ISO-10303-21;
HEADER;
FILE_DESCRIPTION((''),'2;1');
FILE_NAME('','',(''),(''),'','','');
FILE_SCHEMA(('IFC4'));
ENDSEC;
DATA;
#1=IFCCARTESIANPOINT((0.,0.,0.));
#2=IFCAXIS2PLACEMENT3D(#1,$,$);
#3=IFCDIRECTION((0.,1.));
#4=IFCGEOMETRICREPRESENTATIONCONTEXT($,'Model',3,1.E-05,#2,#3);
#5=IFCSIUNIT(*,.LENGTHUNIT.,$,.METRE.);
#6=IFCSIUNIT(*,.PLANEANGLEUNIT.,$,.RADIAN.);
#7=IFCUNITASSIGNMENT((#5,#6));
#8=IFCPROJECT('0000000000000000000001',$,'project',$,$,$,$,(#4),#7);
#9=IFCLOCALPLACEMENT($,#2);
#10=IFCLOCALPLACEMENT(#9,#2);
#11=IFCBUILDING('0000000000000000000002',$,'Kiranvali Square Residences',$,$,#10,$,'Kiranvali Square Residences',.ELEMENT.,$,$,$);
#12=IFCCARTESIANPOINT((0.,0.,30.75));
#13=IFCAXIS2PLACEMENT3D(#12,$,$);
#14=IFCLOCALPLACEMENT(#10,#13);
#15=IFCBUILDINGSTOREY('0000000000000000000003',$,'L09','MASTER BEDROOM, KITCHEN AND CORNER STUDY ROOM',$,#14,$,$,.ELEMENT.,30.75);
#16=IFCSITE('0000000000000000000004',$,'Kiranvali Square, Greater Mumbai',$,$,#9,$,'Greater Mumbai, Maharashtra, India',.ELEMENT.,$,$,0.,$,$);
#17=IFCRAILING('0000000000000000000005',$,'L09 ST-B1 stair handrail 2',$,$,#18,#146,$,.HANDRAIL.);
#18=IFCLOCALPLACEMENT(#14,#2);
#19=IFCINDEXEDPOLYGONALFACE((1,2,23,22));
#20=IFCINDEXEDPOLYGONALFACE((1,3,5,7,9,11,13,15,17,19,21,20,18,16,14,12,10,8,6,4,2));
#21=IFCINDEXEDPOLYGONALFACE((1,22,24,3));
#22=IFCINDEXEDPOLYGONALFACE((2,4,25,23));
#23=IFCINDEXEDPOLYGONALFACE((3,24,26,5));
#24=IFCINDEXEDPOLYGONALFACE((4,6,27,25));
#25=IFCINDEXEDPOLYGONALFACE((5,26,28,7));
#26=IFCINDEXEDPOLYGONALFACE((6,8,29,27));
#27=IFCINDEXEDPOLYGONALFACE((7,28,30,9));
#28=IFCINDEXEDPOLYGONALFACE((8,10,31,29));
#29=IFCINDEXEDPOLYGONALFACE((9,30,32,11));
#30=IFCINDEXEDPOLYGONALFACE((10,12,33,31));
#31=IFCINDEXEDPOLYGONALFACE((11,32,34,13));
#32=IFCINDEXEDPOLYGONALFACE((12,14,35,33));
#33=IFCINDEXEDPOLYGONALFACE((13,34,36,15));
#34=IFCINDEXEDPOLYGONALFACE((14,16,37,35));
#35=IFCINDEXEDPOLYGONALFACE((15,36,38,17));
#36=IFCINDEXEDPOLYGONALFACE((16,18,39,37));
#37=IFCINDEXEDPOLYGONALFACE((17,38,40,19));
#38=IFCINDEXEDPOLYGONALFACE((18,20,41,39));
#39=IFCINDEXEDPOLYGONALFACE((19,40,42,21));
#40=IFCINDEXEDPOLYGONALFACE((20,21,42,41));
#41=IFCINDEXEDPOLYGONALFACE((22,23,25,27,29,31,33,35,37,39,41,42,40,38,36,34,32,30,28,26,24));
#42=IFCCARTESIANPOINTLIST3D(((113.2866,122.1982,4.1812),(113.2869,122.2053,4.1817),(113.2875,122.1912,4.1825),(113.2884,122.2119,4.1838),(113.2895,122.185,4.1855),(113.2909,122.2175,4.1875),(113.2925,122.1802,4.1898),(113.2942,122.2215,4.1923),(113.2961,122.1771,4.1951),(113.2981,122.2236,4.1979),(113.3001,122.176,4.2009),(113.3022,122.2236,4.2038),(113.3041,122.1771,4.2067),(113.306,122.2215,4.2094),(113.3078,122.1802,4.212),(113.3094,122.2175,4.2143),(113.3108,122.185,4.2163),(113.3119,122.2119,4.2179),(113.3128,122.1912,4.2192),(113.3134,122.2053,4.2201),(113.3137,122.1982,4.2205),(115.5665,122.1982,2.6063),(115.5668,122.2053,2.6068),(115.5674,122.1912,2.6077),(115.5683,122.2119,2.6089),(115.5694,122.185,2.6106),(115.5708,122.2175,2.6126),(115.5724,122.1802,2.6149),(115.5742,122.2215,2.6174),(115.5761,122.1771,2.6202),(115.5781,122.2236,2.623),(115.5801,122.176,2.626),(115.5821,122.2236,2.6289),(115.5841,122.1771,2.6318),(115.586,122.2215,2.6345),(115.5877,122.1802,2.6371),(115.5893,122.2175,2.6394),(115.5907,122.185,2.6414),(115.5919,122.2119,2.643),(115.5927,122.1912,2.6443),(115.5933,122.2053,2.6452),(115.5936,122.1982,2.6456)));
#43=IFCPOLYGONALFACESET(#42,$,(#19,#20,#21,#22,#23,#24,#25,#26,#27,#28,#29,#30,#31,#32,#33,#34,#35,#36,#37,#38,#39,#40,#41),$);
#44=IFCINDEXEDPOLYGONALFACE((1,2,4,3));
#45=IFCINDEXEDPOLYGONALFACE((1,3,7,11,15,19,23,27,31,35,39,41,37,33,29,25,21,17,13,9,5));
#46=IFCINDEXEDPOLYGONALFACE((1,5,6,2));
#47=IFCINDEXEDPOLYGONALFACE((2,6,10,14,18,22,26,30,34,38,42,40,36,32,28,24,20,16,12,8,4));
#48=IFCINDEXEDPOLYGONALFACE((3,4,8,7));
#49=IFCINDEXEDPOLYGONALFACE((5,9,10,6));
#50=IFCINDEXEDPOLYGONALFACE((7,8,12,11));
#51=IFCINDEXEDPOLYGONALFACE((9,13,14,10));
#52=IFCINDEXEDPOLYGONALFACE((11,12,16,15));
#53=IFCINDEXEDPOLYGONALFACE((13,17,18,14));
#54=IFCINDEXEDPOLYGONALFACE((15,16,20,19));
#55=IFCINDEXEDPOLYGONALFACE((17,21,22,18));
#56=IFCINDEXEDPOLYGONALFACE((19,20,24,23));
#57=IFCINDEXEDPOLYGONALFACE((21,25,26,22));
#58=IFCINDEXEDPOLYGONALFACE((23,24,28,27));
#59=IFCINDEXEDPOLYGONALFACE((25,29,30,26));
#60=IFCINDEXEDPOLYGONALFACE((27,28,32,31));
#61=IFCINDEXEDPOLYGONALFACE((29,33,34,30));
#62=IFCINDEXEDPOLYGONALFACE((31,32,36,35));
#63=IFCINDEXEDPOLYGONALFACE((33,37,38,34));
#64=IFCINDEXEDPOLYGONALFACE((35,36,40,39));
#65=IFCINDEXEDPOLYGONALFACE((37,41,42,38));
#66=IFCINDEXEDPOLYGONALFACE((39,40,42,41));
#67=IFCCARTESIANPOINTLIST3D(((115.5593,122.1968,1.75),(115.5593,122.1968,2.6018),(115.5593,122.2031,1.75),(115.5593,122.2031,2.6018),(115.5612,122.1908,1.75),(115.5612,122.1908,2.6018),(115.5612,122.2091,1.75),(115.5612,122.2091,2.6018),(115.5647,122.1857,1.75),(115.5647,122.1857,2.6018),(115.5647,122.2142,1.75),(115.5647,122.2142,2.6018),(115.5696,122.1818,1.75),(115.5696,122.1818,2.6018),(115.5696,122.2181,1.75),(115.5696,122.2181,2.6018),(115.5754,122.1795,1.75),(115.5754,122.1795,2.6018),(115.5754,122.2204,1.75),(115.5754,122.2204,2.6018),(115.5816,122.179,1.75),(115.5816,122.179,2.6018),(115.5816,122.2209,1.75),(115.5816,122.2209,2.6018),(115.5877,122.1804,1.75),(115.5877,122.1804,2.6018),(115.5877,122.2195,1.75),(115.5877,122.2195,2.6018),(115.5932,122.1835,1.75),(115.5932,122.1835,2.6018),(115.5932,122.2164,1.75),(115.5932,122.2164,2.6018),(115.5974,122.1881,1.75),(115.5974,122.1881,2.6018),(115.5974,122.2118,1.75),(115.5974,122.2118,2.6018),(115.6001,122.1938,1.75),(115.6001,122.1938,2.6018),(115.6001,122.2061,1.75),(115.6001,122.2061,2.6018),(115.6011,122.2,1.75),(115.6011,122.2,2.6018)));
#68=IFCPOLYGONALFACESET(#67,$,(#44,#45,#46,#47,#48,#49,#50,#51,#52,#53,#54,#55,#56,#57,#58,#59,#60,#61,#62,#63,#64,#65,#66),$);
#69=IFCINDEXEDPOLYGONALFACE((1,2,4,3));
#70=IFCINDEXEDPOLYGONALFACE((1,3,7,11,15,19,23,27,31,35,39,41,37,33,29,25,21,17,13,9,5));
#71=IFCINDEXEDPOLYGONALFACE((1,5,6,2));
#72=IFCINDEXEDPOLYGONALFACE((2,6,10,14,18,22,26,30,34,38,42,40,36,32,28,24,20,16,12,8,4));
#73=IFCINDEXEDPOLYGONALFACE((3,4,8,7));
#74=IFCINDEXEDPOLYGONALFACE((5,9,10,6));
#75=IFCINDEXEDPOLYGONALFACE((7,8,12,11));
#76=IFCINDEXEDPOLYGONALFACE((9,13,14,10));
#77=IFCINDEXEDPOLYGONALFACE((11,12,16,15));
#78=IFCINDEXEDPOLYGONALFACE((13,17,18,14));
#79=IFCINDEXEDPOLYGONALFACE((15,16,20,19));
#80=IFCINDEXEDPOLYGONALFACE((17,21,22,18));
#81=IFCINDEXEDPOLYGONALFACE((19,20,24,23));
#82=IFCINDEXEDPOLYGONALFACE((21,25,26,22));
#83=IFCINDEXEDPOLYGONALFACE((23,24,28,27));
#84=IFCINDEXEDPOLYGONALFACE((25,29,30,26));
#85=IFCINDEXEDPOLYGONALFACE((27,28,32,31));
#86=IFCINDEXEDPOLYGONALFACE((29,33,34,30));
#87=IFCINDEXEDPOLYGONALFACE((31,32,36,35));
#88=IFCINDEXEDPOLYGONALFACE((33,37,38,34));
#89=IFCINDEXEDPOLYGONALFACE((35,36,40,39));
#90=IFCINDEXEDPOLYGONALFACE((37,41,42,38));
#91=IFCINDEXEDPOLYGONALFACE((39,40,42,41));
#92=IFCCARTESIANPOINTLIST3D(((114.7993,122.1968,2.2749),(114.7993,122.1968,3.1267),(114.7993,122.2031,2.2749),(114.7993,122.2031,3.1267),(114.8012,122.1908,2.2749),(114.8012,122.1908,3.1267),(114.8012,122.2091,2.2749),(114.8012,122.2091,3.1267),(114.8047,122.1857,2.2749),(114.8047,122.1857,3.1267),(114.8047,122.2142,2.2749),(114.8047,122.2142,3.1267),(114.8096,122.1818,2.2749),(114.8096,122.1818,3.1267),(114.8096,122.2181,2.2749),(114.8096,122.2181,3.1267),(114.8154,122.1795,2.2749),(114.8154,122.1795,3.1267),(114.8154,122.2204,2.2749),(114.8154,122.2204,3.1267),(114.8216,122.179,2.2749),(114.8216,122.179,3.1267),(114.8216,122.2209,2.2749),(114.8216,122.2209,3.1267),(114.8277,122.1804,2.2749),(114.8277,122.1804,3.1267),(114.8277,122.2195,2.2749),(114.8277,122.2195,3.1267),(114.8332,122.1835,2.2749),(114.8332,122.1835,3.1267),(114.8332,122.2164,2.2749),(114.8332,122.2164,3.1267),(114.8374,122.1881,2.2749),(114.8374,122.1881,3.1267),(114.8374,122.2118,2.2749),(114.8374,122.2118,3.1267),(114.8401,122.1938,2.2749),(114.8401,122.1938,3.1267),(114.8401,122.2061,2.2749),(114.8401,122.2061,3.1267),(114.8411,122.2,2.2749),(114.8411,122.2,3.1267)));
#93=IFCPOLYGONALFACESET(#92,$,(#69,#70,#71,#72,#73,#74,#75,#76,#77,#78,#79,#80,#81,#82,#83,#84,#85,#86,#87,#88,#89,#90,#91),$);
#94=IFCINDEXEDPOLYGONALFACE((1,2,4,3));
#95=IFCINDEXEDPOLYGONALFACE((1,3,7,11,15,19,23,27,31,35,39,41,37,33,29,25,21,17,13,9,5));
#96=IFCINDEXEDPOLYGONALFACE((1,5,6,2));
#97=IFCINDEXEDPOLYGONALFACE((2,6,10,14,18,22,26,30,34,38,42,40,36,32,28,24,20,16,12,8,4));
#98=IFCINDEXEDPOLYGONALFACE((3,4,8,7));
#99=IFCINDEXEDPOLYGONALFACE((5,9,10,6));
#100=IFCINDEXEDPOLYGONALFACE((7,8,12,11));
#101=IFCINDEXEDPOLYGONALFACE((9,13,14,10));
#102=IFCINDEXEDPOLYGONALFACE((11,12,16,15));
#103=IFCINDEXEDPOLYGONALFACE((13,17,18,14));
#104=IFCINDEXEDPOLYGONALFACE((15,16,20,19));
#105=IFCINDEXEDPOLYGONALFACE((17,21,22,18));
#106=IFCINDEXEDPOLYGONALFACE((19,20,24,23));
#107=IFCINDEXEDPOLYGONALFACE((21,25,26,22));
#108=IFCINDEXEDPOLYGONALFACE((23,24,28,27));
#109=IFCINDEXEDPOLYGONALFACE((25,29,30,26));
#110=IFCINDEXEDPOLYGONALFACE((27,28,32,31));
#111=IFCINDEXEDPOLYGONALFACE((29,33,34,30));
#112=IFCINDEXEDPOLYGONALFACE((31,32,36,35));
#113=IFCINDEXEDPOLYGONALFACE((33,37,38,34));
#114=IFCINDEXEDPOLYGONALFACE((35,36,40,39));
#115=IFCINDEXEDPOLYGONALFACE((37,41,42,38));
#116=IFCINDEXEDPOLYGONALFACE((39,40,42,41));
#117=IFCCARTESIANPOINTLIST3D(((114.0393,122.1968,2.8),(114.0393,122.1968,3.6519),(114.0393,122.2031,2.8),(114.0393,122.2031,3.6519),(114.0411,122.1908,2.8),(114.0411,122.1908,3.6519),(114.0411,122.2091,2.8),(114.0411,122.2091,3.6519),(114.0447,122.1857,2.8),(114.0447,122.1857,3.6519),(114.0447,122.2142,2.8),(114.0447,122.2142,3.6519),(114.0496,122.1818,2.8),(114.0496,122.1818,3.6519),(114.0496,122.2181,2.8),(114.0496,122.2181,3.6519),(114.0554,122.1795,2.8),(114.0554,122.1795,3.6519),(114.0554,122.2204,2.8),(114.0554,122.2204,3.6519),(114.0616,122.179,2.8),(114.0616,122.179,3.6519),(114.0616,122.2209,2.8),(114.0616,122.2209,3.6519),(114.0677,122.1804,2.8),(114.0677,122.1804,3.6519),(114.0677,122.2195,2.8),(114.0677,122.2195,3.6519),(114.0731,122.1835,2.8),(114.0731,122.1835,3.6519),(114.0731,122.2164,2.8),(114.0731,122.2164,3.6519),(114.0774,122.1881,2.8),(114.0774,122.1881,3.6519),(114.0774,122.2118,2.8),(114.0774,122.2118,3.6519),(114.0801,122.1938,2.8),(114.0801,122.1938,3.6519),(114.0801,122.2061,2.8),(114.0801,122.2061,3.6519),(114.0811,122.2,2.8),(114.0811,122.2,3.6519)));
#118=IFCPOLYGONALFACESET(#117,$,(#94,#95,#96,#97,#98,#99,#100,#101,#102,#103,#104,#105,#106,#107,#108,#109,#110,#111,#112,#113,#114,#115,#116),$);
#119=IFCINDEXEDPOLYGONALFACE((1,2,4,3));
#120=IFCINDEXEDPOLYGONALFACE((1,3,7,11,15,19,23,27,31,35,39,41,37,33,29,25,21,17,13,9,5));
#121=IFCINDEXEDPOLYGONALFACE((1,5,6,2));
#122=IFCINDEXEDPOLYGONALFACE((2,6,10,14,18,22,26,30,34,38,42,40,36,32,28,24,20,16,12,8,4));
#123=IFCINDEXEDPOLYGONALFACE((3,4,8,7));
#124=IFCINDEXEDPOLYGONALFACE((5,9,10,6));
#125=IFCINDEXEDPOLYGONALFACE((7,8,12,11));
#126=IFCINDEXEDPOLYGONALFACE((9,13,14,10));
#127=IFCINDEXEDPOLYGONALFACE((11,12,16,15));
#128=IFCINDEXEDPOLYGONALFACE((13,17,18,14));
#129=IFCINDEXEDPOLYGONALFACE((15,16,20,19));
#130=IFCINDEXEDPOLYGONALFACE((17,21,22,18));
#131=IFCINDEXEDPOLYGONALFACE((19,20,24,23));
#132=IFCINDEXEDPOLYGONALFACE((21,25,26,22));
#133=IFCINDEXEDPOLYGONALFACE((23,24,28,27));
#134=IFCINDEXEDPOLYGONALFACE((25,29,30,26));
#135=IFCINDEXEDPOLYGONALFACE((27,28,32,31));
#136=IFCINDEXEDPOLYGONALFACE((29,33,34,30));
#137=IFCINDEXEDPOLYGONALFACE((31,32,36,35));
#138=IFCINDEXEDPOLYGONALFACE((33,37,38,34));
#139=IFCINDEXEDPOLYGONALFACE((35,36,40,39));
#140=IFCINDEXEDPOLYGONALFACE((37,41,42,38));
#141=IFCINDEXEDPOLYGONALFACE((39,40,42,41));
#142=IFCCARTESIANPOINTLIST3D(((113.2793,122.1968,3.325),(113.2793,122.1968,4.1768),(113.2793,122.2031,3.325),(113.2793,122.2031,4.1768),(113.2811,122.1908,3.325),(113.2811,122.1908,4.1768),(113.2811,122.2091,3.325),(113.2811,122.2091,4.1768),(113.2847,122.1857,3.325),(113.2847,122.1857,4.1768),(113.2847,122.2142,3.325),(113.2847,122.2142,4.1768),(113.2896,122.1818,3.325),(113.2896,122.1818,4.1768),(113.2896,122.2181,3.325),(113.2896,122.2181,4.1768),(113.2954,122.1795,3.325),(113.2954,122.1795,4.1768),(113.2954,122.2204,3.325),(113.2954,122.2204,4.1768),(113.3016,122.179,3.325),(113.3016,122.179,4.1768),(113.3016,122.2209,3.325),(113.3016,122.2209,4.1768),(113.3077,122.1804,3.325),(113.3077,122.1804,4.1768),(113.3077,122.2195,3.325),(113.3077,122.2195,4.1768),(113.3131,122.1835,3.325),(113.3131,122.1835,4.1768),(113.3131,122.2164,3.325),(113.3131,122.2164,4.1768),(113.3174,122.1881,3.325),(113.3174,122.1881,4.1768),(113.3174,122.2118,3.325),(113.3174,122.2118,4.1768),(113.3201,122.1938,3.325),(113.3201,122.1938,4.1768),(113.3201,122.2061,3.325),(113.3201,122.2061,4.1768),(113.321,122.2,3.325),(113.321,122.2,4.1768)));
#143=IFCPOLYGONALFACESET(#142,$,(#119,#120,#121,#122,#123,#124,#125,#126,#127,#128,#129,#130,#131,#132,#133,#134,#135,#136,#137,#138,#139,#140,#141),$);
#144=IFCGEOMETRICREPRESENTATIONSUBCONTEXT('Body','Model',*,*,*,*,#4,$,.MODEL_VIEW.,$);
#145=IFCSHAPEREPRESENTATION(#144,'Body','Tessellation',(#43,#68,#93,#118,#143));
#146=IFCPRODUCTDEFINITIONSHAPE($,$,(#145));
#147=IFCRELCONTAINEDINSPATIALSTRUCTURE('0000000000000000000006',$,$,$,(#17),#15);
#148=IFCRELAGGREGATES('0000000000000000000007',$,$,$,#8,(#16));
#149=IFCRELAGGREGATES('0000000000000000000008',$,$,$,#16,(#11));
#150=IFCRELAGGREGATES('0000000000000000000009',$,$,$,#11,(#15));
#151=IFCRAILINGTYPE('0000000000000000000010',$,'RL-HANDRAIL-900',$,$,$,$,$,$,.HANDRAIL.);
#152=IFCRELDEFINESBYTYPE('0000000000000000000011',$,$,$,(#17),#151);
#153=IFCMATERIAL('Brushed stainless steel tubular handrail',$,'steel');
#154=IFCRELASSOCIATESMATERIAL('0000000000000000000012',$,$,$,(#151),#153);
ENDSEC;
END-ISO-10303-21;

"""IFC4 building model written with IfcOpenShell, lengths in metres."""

from ifc_helpers import new_model, si_unit, direction, frame, origin, origin_2d, place, context, subcontext, project, spatial, circle, extrude, material, type_object, element, save


model = new_model("IFC4")

# Units and contexts
model_context = context("Model", 3, precision=1e-05, world=origin(), true_north=direction((0.0, 1.0)))
body_context = subcontext(model_context, "Body", "Model", "MODEL_VIEW")
ifc_project = project(units=[si_unit("LENGTHUNIT", "METRE"), si_unit("PLANEANGLEUNIT", "RADIAN")], contexts=[model_context])

# Site, building, storey
site_placement = place(None, origin())
site = spatial("IfcSite", under=ifc_project, at=site_placement, Name="Kiranvali Square, Greater Mumbai", LongName="Greater Mumbai, Maharashtra, India", CompositionType="ELEMENT", RefElevation=0.0)
building_placement = place(site_placement, origin())
building = spatial("IfcBuilding", under=site, at=building_placement, Name="Kiranvali Square Residences", LongName="Kiranvali Square Residences", CompositionType="ELEMENT")
storey_placement = place(building_placement, frame((0.0, 0.0, 30.75)))
storey = spatial("IfcBuildingStorey", under=building, at=storey_placement, Name="L09", Description="MASTER BEDROOM, KITCHEN AND CORNER STUDY ROOM", CompositionType="ELEMENT", Elevation=30.75)

# Railing
ifc_material_1 = material(Name="Brushed stainless steel tubular handrail", Category="steel")
railing_type_1 = type_object("IfcRailingType", Name="RL-HANDRAIL-900", PredefinedType="HANDRAIL", material=ifc_material_1)
railing_1_placement = place(storey_placement, frame((115.5801, 122.2, 1.75)))
element("IfcRailing", 1, at=railing_1_placement, inside=storey, type_object=railing_type_1, Name="L09 ST-B1 stair handrail 2", PredefinedType="HANDRAIL", context=body_context, shape_type="SweptSolid", body=[
    extrude(circle(Radius=0.0239, at=origin_2d()), frame((0.0, 0.0, 0.876), z_axis=(-0.822788, 0.0, 0.568348), x_axis=(0.0, -1.0, 0.0)), (0.0, 0.0, 1.0), 2.771),
    extrude(circle(Radius=0.021, at=origin_2d()), origin(), (0.0, 0.0, 1.0), 0.8518),
    extrude(circle(Radius=0.021, at=origin_2d()), frame((-0.76, 0.0, 0.5249)), (0.0, 0.0, 1.0), 0.8518),
    extrude(circle(Radius=0.021, at=origin_2d()), frame((-1.52, 0.0, 1.05)), (0.0, 0.0, 1.0), 0.8518),
    extrude(circle(Radius=0.021, at=origin_2d()), frame((-2.28, 0.0, 1.575)), (0.0, 0.0, 1.0), 0.8518),
])

save(model, "model.ifc")
